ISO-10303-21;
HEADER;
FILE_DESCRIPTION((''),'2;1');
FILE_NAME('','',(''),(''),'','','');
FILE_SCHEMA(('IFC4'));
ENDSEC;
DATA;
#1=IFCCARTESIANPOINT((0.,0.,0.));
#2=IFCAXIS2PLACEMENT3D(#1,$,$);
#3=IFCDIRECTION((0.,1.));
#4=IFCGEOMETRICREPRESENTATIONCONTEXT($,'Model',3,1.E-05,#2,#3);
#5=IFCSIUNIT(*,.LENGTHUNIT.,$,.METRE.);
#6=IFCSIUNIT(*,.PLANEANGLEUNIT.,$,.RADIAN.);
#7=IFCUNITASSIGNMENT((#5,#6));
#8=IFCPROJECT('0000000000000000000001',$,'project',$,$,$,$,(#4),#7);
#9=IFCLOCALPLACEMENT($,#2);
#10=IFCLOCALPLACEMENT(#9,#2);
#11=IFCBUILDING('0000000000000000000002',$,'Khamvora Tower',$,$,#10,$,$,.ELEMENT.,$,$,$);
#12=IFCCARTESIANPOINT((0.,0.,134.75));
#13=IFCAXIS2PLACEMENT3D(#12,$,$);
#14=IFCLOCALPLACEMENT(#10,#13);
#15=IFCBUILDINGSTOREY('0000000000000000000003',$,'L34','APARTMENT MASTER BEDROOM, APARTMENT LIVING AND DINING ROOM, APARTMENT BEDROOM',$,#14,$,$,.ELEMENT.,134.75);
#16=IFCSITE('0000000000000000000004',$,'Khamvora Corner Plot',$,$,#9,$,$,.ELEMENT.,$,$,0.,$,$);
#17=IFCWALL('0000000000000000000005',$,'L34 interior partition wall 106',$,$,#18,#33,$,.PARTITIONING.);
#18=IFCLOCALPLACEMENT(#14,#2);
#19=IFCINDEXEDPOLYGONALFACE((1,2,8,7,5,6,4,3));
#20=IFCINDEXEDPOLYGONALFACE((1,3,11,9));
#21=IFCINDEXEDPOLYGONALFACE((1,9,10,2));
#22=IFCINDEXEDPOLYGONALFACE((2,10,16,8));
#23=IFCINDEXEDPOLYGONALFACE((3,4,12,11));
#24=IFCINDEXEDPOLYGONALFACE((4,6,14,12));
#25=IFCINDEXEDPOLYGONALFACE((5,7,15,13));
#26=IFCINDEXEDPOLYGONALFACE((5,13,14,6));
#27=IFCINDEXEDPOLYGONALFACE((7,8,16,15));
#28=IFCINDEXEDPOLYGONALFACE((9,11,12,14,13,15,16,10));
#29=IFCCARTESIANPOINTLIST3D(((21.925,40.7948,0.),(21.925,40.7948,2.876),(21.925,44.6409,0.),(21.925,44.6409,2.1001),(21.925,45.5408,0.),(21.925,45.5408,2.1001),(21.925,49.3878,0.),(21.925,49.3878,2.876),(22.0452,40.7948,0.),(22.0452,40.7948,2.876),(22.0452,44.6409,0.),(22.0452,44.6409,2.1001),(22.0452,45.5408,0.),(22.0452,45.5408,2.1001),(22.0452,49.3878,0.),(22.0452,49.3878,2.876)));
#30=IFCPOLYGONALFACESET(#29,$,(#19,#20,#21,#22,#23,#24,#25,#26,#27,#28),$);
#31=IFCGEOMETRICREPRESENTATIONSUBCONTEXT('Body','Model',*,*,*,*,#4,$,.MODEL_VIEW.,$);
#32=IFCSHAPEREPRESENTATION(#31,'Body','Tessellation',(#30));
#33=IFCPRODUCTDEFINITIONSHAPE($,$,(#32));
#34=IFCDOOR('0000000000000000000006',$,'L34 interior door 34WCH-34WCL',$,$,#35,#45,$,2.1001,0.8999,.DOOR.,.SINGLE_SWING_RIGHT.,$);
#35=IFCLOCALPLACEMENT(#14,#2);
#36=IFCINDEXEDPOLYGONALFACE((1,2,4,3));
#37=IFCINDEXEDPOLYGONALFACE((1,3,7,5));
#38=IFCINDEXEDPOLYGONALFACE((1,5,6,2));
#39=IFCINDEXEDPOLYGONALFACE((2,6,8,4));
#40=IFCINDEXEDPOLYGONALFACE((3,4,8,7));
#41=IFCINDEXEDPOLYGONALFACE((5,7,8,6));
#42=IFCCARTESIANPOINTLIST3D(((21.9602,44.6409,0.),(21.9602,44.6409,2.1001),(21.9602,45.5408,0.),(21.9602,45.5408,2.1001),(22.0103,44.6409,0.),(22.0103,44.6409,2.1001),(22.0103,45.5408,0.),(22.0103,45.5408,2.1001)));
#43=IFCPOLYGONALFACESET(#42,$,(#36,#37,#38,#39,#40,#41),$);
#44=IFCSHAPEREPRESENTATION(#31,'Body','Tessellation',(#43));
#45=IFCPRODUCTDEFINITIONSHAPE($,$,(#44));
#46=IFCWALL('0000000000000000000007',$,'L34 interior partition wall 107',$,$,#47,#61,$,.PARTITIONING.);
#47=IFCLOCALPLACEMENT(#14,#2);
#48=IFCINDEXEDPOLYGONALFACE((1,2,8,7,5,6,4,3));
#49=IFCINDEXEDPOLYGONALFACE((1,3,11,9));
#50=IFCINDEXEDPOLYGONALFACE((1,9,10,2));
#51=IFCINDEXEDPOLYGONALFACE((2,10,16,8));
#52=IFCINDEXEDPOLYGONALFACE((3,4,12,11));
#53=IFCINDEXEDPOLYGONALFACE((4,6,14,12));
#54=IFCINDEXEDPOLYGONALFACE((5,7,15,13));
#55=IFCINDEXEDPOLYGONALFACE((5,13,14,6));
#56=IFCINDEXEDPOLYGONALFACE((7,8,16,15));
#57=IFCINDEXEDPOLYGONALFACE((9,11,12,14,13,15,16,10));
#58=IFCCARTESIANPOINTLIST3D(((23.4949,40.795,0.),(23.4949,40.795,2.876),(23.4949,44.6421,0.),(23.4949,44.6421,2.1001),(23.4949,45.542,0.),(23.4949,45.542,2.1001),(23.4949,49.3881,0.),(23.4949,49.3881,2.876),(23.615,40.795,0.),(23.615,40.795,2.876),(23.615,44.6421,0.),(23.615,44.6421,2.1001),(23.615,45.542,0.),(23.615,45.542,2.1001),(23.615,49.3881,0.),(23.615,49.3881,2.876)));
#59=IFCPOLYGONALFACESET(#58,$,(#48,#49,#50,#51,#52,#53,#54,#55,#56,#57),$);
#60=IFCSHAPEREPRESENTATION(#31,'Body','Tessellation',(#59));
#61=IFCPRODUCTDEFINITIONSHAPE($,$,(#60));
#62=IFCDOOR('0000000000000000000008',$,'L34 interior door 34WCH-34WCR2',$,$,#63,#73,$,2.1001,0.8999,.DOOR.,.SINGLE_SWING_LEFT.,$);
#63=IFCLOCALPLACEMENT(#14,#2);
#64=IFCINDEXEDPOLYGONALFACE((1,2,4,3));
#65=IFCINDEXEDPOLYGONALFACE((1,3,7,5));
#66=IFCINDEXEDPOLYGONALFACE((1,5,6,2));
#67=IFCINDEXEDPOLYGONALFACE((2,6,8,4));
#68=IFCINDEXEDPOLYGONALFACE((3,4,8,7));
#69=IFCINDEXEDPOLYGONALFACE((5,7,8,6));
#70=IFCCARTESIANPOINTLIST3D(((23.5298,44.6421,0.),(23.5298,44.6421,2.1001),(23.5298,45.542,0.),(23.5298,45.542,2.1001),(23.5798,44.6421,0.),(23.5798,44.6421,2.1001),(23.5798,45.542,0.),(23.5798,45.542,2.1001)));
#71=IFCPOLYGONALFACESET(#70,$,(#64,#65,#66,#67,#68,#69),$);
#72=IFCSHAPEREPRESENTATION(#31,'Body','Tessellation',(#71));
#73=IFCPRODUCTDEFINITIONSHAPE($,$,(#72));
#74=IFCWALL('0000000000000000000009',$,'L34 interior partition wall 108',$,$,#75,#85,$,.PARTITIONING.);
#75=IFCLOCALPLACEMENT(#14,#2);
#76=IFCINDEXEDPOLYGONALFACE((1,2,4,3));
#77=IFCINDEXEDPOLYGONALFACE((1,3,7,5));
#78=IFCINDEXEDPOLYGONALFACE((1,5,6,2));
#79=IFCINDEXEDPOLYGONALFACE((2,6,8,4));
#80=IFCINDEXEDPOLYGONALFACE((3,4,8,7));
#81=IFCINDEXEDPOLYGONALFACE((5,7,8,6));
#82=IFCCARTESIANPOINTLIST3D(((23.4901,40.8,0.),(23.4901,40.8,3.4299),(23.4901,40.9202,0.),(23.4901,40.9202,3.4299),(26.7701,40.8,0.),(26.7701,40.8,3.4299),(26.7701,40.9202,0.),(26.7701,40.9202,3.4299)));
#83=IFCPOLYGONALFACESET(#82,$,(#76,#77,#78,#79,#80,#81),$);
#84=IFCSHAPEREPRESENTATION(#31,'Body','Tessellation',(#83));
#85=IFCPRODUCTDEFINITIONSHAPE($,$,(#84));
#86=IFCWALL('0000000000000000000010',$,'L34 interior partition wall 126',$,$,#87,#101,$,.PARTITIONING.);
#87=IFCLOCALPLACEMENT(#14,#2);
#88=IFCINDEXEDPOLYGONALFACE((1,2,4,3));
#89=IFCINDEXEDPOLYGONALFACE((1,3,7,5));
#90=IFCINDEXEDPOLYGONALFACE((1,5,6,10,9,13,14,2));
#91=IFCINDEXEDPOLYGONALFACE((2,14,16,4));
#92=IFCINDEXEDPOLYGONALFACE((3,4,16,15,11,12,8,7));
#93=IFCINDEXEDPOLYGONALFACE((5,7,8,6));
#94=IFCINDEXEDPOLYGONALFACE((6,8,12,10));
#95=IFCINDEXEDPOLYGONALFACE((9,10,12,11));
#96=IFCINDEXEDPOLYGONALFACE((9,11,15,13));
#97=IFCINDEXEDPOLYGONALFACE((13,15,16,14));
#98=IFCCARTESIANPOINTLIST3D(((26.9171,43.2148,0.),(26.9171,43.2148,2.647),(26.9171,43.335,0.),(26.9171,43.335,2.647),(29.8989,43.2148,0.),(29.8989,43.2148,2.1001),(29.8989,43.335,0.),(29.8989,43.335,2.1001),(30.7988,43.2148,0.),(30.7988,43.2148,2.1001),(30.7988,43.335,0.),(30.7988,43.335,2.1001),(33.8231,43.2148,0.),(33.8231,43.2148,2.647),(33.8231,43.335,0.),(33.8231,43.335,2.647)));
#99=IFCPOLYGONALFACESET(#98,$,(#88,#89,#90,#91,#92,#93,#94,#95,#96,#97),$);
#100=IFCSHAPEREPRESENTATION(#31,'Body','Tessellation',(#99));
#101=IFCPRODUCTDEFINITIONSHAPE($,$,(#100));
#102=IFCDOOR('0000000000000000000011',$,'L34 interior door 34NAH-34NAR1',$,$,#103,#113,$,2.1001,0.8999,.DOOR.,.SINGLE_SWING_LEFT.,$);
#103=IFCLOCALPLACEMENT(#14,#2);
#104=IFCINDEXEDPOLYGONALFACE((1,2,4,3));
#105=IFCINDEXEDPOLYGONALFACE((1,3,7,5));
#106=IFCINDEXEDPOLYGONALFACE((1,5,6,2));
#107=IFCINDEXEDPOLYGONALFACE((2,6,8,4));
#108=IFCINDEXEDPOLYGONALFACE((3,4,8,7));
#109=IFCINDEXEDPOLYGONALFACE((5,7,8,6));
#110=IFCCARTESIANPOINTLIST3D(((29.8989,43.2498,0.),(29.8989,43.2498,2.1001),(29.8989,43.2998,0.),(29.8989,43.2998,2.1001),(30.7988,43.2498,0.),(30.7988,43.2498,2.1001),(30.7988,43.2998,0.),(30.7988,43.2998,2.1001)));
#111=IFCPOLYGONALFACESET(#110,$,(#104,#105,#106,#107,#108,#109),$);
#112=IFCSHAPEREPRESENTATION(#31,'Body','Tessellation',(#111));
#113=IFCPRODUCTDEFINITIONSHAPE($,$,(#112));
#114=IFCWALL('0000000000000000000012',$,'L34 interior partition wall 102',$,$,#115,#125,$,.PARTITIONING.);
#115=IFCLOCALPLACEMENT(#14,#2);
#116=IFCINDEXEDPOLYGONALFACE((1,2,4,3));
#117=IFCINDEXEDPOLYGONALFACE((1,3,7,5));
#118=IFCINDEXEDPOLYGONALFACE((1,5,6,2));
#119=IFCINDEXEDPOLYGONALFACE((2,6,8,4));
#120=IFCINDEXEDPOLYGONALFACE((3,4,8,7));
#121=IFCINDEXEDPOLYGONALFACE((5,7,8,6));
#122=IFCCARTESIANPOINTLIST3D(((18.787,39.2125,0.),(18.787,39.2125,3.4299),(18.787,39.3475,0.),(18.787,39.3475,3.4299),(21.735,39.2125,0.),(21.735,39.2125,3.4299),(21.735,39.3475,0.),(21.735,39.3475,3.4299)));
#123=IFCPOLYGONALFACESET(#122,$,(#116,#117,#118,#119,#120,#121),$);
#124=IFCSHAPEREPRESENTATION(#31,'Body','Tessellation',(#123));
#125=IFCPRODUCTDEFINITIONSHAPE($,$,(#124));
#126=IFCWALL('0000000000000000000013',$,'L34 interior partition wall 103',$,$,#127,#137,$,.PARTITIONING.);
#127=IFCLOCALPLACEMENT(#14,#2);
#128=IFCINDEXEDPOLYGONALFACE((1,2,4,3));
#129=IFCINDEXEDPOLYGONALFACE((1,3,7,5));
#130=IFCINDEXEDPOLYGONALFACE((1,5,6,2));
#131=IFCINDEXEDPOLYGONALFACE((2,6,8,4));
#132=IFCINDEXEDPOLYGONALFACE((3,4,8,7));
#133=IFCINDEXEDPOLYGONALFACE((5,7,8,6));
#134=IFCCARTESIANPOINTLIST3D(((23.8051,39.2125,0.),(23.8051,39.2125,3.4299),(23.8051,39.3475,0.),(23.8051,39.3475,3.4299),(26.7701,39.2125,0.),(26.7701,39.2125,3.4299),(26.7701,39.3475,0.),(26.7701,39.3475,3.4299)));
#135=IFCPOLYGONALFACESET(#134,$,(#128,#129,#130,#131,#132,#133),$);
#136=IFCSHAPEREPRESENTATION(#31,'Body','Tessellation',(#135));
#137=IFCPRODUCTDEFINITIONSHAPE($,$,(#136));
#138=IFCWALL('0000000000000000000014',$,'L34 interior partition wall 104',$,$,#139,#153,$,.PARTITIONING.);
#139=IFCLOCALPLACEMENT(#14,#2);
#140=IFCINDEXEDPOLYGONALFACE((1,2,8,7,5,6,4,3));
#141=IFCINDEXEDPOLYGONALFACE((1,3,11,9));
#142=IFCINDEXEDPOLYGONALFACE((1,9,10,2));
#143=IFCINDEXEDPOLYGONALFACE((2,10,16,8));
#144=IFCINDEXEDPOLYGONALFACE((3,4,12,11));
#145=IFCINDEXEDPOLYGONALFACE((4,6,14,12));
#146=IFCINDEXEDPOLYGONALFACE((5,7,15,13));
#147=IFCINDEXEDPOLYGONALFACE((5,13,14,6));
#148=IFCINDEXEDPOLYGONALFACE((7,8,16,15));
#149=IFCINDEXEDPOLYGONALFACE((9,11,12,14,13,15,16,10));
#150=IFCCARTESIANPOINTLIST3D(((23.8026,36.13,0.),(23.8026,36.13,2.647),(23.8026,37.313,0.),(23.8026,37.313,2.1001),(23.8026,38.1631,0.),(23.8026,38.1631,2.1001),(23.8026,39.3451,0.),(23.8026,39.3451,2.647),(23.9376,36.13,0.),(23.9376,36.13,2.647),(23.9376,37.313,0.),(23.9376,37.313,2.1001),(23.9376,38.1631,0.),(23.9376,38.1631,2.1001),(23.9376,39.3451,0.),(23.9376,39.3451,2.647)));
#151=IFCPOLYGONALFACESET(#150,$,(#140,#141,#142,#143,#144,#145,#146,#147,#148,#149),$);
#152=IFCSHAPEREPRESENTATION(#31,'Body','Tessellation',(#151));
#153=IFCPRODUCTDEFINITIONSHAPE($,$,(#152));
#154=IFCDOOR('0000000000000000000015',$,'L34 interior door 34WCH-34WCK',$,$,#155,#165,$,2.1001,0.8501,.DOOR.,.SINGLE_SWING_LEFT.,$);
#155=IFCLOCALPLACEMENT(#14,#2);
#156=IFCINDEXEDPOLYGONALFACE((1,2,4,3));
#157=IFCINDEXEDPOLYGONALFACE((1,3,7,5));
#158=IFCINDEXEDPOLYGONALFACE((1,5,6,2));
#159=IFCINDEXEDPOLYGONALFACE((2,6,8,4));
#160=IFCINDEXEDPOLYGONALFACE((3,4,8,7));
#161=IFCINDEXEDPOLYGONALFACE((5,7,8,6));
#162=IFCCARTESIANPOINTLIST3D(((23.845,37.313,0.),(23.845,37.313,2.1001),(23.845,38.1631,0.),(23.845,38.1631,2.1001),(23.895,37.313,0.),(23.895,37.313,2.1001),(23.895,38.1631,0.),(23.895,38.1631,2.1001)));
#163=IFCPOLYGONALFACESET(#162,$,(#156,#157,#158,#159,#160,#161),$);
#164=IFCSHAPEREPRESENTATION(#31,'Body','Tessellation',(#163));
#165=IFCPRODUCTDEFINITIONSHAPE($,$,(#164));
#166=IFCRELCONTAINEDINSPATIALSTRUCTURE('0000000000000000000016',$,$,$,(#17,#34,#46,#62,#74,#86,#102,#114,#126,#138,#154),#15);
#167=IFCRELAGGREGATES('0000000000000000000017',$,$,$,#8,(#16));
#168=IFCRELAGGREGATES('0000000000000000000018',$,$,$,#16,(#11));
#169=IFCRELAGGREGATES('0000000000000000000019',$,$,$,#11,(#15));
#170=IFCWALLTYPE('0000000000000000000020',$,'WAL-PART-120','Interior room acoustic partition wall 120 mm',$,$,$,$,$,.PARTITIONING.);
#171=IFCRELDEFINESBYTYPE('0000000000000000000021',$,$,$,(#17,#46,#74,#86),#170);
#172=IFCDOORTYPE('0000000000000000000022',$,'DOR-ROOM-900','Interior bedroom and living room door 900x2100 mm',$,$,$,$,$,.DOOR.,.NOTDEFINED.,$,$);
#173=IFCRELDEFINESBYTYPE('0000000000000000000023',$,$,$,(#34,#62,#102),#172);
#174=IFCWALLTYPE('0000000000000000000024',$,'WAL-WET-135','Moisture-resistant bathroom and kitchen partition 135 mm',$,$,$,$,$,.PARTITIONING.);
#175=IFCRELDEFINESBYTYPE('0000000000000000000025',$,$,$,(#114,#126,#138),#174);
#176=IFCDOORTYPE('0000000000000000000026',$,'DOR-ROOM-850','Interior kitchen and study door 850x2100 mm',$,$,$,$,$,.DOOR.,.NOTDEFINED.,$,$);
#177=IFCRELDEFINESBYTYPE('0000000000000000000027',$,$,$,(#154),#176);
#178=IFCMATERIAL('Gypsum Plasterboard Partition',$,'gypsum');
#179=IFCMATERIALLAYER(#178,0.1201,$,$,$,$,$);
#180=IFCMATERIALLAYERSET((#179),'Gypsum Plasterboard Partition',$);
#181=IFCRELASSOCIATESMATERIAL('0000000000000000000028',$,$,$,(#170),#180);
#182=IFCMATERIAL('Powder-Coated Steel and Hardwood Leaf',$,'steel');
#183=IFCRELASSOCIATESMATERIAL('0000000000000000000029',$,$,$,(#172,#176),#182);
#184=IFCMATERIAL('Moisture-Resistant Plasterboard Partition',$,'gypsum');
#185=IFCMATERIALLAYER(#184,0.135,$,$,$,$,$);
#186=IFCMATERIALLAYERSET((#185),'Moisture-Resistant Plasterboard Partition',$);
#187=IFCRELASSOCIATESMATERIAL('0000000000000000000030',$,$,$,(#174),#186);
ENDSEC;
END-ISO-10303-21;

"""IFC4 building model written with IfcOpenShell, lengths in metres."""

from ifc_helpers import new_model, si_unit, direction, frame, frame_2d, origin, place, context, subcontext, project, spatial, rectangle, extrude, material, layer, layer_set, type_object, element, fill, save


model = new_model("IFC4")

# Units and contexts
model_context = context("Model", 3, precision=1e-05, world=origin(), true_north=direction((0.0, 1.0)))
body_context = subcontext(model_context, "Body", "Model", "MODEL_VIEW")
ifc_project = project(units=[si_unit("LENGTHUNIT", "METRE"), si_unit("PLANEANGLEUNIT", "RADIAN")], contexts=[model_context])

# Site, building, storey
site_placement = place(None, origin())
site = spatial("IfcSite", under=ifc_project, at=site_placement, Name="Khamvora Corner Plot", CompositionType="ELEMENT", RefElevation=0.0)
building_placement = place(site_placement, origin())
building = spatial("IfcBuilding", under=site, at=building_placement, Name="Khamvora Tower", CompositionType="ELEMENT")
storey_placement = place(building_placement, frame((0.0, 0.0, 134.75)))
storey = spatial("IfcBuildingStorey", under=building, at=storey_placement, Name="L34", Description="APARTMENT MASTER BEDROOM, APARTMENT LIVING AND DINING ROOM, APARTMENT BEDROOM", CompositionType="ELEMENT", Elevation=134.75)

# Shared definitions
ifc_material_1 = material(Name="Powder-Coated Steel and Hardwood Leaf", Category="steel")

# Shared definitions
ifc_material_2 = material(Name="Gypsum Plasterboard Partition", Category="gypsum")
ifc_layer_1 = layer(ifc_material_2, 0.1201)
ifc_layer_set_1 = layer_set([ifc_layer_1], Name="Gypsum Plasterboard Partition")
wall_type_1 = type_object("IfcWallType", Name="WAL-PART-120", Description="Interior room acoustic partition wall 120 mm", PredefinedType="PARTITIONING", material=ifc_layer_set_1)

# Walls, openings, doors
wall_1_placement = place(storey_placement, frame((21.9851, 40.7949, 0.0), z_axis=(0.0, 0.0, 1.0), x_axis=(0.0, 1.0, 0.0)))
wall_1 = element("IfcWall", 1, at=wall_1_placement, inside=storey, type_object=wall_type_1, Name="L34 interior partition wall 106", PredefinedType="PARTITIONING", context=body_context, shape_type="SweptSolid", body=[
    extrude(rectangle(XDim=8.593, YDim=0.1201, at=frame_2d((4.2964, 0.0))), origin(), (0.0, 0.0, 1.0), 2.876),
])
opening_1_placement = place(wall_1_placement, frame((3.8459, 0.0, 0.0)))
opening_1 = element("IfcOpeningElement", 2, at=opening_1_placement, cuts=wall_1, PredefinedType="OPENING", context=body_context, shape_type="SweptSolid", body=[
    extrude(rectangle(XDim=0.8999, YDim=2.1001, at=frame_2d((0.45, 1.05))), frame((0.0, 0.0701, 0.0), z_axis=(0.0, -1.0, 0.0), x_axis=(1.0, 0.0, 0.0)), (0.0, 0.0, 1.0), 0.1401),
])
door_type_1 = type_object("IfcDoorType", Name="DOR-ROOM-900", Description="Interior bedroom and living room door 900x2100 mm", OperationType="NOTDEFINED", PredefinedType="DOOR", material=ifc_material_1)
door_1_placement = place(opening_1_placement, origin())
door_1 = element("IfcDoor", 3, at=door_1_placement, inside=storey, type_object=door_type_1, Name="L34 interior door 34WCH-34WCL", OperationType="SINGLE_SWING_RIGHT", OverallHeight=2.1001, OverallWidth=0.8999, PredefinedType="DOOR", context=body_context, shape_type="SweptSolid", body=[
    extrude(rectangle(XDim=0.8999, YDim=2.1001, at=frame_2d((0.45, 1.05))), frame((0.0, 0.0249, 0.0), z_axis=(0.0, -1.0, 0.0), x_axis=(1.0, 0.0, 0.0)), (0.0, 0.0, 1.0), 0.05),
])
fill(opening_1, door_1)
wall_2_placement = place(storey_placement, frame((23.5549, 49.3879, 0.0), z_axis=(0.0, 0.0, 1.0), x_axis=(0.0, -1.0, 0.0)))
wall_2 = element("IfcWall", 4, at=wall_2_placement, inside=storey, type_object=wall_type_1, Name="L34 interior partition wall 107", PredefinedType="PARTITIONING", context=body_context, shape_type="SweptSolid", body=[
    extrude(rectangle(XDim=8.593, YDim=0.1201, at=frame_2d((4.2964, 0.0))), origin(), (0.0, 0.0, 1.0), 2.876),
])
opening_2_placement = place(wall_2_placement, frame((3.8459, 0.0, 0.0)))
opening_2 = element("IfcOpeningElement", 5, at=opening_2_placement, cuts=wall_2, PredefinedType="OPENING", context=body_context, shape_type="SweptSolid", body=[
    extrude(rectangle(XDim=0.8999, YDim=2.1001, at=frame_2d((0.45, 1.05))), frame((0.0, 0.0701, 0.0), z_axis=(0.0, -1.0, 0.0), x_axis=(1.0, 0.0, 0.0)), (0.0, 0.0, 1.0), 0.1401),
])
door_2_placement = place(opening_2_placement, origin())
door_2 = element("IfcDoor", 6, at=door_2_placement, inside=storey, type_object=door_type_1, Name="L34 interior door 34WCH-34WCR2", OperationType="SINGLE_SWING_LEFT", OverallHeight=2.1001, OverallWidth=0.8999, PredefinedType="DOOR", context=body_context, shape_type="SweptSolid", body=[
    extrude(rectangle(XDim=0.8999, YDim=2.1001, at=frame_2d((0.45, 1.05))), frame((0.0, 0.0249, 0.0), z_axis=(0.0, -1.0, 0.0), x_axis=(1.0, 0.0, 0.0)), (0.0, 0.0, 1.0), 0.05),
])
fill(opening_2, door_2)

# Wall
wall_3_placement = place(storey_placement, frame((23.49, 40.8601, 0.0), z_axis=(0.0, 0.0, 1.0), x_axis=(1.0, 0.0, 0.0)))
element("IfcWall", 7, at=wall_3_placement, inside=storey, type_object=wall_type_1, Name="L34 interior partition wall 108", PredefinedType="PARTITIONING", context=body_context, shape_type="SweptSolid", body=[
    extrude(rectangle(XDim=3.28, YDim=0.1201, at=frame_2d((1.6401, 0.0))), origin(), (0.0, 0.0, 1.0), 3.4299),
])

# Wall, opening, door
wall_4_placement = place(storey_placement, frame((26.917, 43.2749, 0.0), z_axis=(0.0, 0.0, 1.0), x_axis=(1.0, 0.0, 0.0)))
wall_4 = element("IfcWall", 8, at=wall_4_placement, inside=storey, type_object=wall_type_1, Name="L34 interior partition wall 126", PredefinedType="PARTITIONING", context=body_context, shape_type="SweptSolid", body=[
    extrude(rectangle(XDim=6.906, YDim=0.1201, at=frame_2d((3.4531, 0.0))), origin(), (0.0, 0.0, 1.0), 2.647),
])
opening_3_placement = place(wall_4_placement, frame((2.9819, 0.0, 0.0)))
opening_3 = element("IfcOpeningElement", 9, at=opening_3_placement, cuts=wall_4, PredefinedType="OPENING", context=body_context, shape_type="SweptSolid", body=[
    extrude(rectangle(XDim=0.8999, YDim=2.1001, at=frame_2d((0.45, 1.05))), frame((0.0, 0.0701, 0.0), z_axis=(0.0, -1.0, 0.0), x_axis=(1.0, 0.0, 0.0)), (0.0, 0.0, 1.0), 0.1401),
])
door_3_placement = place(opening_3_placement, origin())
door_3 = element("IfcDoor", 10, at=door_3_placement, inside=storey, type_object=door_type_1, Name="L34 interior door 34NAH-34NAR1", OperationType="SINGLE_SWING_LEFT", OverallHeight=2.1001, OverallWidth=0.8999, PredefinedType="DOOR", context=body_context, shape_type="SweptSolid", body=[
    extrude(rectangle(XDim=0.8999, YDim=2.1001, at=frame_2d((0.45, 1.05))), frame((0.0, 0.0249, 0.0), z_axis=(0.0, -1.0, 0.0), x_axis=(1.0, 0.0, 0.0)), (0.0, 0.0, 1.0), 0.05),
])
fill(opening_3, door_3)

# Walls
ifc_material_3 = material(Name="Moisture-Resistant Plasterboard Partition", Category="gypsum")
ifc_layer_2 = layer(ifc_material_3, 0.135)
ifc_layer_set_2 = layer_set([ifc_layer_2], Name="Moisture-Resistant Plasterboard Partition")
wall_type_2 = type_object("IfcWallType", Name="WAL-WET-135", Description="Moisture-resistant bathroom and kitchen partition 135 mm", PredefinedType="PARTITIONING", material=ifc_layer_set_2)
wall_5_placement = place(storey_placement, frame((21.7351, 39.28, 0.0), z_axis=(0.0, 0.0, 1.0), x_axis=(-1.0, 0.0, 0.0)))
element("IfcWall", 11, at=wall_5_placement, inside=storey, type_object=wall_type_2, Name="L34 interior partition wall 102", PredefinedType="PARTITIONING", context=body_context, shape_type="SweptSolid", body=[
    extrude(rectangle(XDim=2.948, YDim=0.135, at=frame_2d((1.4741, 0.0))), origin(), (0.0, 0.0, 1.0), 3.4299),
])
wall_6_placement = place(storey_placement, frame((26.77, 39.28, 0.0), z_axis=(0.0, 0.0, 1.0), x_axis=(-1.0, 0.0, 0.0)))
element("IfcWall", 12, at=wall_6_placement, inside=storey, type_object=wall_type_2, Name="L34 interior partition wall 103", PredefinedType="PARTITIONING", context=body_context, shape_type="SweptSolid", body=[
    extrude(rectangle(XDim=2.9651, YDim=0.135, at=frame_2d((1.4824, 0.0))), origin(), (0.0, 0.0, 1.0), 3.4299),
])

# Wall, opening, door
wall_7_placement = place(storey_placement, frame((23.8701, 39.345, 0.0), z_axis=(0.0, 0.0, 1.0), x_axis=(0.0, -1.0, 0.0)))
wall_7 = element("IfcWall", 13, at=wall_7_placement, inside=storey, type_object=wall_type_2, Name="L34 interior partition wall 104", PredefinedType="PARTITIONING", context=body_context, shape_type="SweptSolid", body=[
    extrude(rectangle(XDim=3.2151, YDim=0.135, at=frame_2d((1.6074, 0.0))), origin(), (0.0, 0.0, 1.0), 2.647),
])
opening_4_placement = place(wall_7_placement, frame((1.1819, 0.0, 0.0)))
opening_4 = element("IfcOpeningElement", 14, at=opening_4_placement, cuts=wall_7, PredefinedType="OPENING", context=body_context, shape_type="SweptSolid", body=[
    extrude(rectangle(XDim=0.8501, YDim=2.1001, at=frame_2d((0.425, 1.05))), frame((0.0, 0.0774, 0.0), z_axis=(0.0, -1.0, 0.0), x_axis=(1.0, 0.0, 0.0)), (0.0, 0.0, 1.0), 0.155),
])
door_type_2 = type_object("IfcDoorType", Name="DOR-ROOM-850", Description="Interior kitchen and study door 850x2100 mm", OperationType="NOTDEFINED", PredefinedType="DOOR", material=ifc_material_1)
door_4_placement = place(opening_4_placement, origin())
door_4 = element("IfcDoor", 15, at=door_4_placement, inside=storey, type_object=door_type_2, Name="L34 interior door 34WCH-34WCK", OperationType="SINGLE_SWING_LEFT", OverallHeight=2.1001, OverallWidth=0.8501, PredefinedType="DOOR", context=body_context, shape_type="SweptSolid", body=[
    extrude(rectangle(XDim=0.8501, YDim=2.1001, at=frame_2d((0.425, 1.05))), frame((0.0, 0.0249, 0.0), z_axis=(0.0, -1.0, 0.0), x_axis=(1.0, 0.0, 0.0)), (0.0, 0.0, 1.0), 0.05),
])
fill(opening_4, door_4)

save(model, "model.ifc")
